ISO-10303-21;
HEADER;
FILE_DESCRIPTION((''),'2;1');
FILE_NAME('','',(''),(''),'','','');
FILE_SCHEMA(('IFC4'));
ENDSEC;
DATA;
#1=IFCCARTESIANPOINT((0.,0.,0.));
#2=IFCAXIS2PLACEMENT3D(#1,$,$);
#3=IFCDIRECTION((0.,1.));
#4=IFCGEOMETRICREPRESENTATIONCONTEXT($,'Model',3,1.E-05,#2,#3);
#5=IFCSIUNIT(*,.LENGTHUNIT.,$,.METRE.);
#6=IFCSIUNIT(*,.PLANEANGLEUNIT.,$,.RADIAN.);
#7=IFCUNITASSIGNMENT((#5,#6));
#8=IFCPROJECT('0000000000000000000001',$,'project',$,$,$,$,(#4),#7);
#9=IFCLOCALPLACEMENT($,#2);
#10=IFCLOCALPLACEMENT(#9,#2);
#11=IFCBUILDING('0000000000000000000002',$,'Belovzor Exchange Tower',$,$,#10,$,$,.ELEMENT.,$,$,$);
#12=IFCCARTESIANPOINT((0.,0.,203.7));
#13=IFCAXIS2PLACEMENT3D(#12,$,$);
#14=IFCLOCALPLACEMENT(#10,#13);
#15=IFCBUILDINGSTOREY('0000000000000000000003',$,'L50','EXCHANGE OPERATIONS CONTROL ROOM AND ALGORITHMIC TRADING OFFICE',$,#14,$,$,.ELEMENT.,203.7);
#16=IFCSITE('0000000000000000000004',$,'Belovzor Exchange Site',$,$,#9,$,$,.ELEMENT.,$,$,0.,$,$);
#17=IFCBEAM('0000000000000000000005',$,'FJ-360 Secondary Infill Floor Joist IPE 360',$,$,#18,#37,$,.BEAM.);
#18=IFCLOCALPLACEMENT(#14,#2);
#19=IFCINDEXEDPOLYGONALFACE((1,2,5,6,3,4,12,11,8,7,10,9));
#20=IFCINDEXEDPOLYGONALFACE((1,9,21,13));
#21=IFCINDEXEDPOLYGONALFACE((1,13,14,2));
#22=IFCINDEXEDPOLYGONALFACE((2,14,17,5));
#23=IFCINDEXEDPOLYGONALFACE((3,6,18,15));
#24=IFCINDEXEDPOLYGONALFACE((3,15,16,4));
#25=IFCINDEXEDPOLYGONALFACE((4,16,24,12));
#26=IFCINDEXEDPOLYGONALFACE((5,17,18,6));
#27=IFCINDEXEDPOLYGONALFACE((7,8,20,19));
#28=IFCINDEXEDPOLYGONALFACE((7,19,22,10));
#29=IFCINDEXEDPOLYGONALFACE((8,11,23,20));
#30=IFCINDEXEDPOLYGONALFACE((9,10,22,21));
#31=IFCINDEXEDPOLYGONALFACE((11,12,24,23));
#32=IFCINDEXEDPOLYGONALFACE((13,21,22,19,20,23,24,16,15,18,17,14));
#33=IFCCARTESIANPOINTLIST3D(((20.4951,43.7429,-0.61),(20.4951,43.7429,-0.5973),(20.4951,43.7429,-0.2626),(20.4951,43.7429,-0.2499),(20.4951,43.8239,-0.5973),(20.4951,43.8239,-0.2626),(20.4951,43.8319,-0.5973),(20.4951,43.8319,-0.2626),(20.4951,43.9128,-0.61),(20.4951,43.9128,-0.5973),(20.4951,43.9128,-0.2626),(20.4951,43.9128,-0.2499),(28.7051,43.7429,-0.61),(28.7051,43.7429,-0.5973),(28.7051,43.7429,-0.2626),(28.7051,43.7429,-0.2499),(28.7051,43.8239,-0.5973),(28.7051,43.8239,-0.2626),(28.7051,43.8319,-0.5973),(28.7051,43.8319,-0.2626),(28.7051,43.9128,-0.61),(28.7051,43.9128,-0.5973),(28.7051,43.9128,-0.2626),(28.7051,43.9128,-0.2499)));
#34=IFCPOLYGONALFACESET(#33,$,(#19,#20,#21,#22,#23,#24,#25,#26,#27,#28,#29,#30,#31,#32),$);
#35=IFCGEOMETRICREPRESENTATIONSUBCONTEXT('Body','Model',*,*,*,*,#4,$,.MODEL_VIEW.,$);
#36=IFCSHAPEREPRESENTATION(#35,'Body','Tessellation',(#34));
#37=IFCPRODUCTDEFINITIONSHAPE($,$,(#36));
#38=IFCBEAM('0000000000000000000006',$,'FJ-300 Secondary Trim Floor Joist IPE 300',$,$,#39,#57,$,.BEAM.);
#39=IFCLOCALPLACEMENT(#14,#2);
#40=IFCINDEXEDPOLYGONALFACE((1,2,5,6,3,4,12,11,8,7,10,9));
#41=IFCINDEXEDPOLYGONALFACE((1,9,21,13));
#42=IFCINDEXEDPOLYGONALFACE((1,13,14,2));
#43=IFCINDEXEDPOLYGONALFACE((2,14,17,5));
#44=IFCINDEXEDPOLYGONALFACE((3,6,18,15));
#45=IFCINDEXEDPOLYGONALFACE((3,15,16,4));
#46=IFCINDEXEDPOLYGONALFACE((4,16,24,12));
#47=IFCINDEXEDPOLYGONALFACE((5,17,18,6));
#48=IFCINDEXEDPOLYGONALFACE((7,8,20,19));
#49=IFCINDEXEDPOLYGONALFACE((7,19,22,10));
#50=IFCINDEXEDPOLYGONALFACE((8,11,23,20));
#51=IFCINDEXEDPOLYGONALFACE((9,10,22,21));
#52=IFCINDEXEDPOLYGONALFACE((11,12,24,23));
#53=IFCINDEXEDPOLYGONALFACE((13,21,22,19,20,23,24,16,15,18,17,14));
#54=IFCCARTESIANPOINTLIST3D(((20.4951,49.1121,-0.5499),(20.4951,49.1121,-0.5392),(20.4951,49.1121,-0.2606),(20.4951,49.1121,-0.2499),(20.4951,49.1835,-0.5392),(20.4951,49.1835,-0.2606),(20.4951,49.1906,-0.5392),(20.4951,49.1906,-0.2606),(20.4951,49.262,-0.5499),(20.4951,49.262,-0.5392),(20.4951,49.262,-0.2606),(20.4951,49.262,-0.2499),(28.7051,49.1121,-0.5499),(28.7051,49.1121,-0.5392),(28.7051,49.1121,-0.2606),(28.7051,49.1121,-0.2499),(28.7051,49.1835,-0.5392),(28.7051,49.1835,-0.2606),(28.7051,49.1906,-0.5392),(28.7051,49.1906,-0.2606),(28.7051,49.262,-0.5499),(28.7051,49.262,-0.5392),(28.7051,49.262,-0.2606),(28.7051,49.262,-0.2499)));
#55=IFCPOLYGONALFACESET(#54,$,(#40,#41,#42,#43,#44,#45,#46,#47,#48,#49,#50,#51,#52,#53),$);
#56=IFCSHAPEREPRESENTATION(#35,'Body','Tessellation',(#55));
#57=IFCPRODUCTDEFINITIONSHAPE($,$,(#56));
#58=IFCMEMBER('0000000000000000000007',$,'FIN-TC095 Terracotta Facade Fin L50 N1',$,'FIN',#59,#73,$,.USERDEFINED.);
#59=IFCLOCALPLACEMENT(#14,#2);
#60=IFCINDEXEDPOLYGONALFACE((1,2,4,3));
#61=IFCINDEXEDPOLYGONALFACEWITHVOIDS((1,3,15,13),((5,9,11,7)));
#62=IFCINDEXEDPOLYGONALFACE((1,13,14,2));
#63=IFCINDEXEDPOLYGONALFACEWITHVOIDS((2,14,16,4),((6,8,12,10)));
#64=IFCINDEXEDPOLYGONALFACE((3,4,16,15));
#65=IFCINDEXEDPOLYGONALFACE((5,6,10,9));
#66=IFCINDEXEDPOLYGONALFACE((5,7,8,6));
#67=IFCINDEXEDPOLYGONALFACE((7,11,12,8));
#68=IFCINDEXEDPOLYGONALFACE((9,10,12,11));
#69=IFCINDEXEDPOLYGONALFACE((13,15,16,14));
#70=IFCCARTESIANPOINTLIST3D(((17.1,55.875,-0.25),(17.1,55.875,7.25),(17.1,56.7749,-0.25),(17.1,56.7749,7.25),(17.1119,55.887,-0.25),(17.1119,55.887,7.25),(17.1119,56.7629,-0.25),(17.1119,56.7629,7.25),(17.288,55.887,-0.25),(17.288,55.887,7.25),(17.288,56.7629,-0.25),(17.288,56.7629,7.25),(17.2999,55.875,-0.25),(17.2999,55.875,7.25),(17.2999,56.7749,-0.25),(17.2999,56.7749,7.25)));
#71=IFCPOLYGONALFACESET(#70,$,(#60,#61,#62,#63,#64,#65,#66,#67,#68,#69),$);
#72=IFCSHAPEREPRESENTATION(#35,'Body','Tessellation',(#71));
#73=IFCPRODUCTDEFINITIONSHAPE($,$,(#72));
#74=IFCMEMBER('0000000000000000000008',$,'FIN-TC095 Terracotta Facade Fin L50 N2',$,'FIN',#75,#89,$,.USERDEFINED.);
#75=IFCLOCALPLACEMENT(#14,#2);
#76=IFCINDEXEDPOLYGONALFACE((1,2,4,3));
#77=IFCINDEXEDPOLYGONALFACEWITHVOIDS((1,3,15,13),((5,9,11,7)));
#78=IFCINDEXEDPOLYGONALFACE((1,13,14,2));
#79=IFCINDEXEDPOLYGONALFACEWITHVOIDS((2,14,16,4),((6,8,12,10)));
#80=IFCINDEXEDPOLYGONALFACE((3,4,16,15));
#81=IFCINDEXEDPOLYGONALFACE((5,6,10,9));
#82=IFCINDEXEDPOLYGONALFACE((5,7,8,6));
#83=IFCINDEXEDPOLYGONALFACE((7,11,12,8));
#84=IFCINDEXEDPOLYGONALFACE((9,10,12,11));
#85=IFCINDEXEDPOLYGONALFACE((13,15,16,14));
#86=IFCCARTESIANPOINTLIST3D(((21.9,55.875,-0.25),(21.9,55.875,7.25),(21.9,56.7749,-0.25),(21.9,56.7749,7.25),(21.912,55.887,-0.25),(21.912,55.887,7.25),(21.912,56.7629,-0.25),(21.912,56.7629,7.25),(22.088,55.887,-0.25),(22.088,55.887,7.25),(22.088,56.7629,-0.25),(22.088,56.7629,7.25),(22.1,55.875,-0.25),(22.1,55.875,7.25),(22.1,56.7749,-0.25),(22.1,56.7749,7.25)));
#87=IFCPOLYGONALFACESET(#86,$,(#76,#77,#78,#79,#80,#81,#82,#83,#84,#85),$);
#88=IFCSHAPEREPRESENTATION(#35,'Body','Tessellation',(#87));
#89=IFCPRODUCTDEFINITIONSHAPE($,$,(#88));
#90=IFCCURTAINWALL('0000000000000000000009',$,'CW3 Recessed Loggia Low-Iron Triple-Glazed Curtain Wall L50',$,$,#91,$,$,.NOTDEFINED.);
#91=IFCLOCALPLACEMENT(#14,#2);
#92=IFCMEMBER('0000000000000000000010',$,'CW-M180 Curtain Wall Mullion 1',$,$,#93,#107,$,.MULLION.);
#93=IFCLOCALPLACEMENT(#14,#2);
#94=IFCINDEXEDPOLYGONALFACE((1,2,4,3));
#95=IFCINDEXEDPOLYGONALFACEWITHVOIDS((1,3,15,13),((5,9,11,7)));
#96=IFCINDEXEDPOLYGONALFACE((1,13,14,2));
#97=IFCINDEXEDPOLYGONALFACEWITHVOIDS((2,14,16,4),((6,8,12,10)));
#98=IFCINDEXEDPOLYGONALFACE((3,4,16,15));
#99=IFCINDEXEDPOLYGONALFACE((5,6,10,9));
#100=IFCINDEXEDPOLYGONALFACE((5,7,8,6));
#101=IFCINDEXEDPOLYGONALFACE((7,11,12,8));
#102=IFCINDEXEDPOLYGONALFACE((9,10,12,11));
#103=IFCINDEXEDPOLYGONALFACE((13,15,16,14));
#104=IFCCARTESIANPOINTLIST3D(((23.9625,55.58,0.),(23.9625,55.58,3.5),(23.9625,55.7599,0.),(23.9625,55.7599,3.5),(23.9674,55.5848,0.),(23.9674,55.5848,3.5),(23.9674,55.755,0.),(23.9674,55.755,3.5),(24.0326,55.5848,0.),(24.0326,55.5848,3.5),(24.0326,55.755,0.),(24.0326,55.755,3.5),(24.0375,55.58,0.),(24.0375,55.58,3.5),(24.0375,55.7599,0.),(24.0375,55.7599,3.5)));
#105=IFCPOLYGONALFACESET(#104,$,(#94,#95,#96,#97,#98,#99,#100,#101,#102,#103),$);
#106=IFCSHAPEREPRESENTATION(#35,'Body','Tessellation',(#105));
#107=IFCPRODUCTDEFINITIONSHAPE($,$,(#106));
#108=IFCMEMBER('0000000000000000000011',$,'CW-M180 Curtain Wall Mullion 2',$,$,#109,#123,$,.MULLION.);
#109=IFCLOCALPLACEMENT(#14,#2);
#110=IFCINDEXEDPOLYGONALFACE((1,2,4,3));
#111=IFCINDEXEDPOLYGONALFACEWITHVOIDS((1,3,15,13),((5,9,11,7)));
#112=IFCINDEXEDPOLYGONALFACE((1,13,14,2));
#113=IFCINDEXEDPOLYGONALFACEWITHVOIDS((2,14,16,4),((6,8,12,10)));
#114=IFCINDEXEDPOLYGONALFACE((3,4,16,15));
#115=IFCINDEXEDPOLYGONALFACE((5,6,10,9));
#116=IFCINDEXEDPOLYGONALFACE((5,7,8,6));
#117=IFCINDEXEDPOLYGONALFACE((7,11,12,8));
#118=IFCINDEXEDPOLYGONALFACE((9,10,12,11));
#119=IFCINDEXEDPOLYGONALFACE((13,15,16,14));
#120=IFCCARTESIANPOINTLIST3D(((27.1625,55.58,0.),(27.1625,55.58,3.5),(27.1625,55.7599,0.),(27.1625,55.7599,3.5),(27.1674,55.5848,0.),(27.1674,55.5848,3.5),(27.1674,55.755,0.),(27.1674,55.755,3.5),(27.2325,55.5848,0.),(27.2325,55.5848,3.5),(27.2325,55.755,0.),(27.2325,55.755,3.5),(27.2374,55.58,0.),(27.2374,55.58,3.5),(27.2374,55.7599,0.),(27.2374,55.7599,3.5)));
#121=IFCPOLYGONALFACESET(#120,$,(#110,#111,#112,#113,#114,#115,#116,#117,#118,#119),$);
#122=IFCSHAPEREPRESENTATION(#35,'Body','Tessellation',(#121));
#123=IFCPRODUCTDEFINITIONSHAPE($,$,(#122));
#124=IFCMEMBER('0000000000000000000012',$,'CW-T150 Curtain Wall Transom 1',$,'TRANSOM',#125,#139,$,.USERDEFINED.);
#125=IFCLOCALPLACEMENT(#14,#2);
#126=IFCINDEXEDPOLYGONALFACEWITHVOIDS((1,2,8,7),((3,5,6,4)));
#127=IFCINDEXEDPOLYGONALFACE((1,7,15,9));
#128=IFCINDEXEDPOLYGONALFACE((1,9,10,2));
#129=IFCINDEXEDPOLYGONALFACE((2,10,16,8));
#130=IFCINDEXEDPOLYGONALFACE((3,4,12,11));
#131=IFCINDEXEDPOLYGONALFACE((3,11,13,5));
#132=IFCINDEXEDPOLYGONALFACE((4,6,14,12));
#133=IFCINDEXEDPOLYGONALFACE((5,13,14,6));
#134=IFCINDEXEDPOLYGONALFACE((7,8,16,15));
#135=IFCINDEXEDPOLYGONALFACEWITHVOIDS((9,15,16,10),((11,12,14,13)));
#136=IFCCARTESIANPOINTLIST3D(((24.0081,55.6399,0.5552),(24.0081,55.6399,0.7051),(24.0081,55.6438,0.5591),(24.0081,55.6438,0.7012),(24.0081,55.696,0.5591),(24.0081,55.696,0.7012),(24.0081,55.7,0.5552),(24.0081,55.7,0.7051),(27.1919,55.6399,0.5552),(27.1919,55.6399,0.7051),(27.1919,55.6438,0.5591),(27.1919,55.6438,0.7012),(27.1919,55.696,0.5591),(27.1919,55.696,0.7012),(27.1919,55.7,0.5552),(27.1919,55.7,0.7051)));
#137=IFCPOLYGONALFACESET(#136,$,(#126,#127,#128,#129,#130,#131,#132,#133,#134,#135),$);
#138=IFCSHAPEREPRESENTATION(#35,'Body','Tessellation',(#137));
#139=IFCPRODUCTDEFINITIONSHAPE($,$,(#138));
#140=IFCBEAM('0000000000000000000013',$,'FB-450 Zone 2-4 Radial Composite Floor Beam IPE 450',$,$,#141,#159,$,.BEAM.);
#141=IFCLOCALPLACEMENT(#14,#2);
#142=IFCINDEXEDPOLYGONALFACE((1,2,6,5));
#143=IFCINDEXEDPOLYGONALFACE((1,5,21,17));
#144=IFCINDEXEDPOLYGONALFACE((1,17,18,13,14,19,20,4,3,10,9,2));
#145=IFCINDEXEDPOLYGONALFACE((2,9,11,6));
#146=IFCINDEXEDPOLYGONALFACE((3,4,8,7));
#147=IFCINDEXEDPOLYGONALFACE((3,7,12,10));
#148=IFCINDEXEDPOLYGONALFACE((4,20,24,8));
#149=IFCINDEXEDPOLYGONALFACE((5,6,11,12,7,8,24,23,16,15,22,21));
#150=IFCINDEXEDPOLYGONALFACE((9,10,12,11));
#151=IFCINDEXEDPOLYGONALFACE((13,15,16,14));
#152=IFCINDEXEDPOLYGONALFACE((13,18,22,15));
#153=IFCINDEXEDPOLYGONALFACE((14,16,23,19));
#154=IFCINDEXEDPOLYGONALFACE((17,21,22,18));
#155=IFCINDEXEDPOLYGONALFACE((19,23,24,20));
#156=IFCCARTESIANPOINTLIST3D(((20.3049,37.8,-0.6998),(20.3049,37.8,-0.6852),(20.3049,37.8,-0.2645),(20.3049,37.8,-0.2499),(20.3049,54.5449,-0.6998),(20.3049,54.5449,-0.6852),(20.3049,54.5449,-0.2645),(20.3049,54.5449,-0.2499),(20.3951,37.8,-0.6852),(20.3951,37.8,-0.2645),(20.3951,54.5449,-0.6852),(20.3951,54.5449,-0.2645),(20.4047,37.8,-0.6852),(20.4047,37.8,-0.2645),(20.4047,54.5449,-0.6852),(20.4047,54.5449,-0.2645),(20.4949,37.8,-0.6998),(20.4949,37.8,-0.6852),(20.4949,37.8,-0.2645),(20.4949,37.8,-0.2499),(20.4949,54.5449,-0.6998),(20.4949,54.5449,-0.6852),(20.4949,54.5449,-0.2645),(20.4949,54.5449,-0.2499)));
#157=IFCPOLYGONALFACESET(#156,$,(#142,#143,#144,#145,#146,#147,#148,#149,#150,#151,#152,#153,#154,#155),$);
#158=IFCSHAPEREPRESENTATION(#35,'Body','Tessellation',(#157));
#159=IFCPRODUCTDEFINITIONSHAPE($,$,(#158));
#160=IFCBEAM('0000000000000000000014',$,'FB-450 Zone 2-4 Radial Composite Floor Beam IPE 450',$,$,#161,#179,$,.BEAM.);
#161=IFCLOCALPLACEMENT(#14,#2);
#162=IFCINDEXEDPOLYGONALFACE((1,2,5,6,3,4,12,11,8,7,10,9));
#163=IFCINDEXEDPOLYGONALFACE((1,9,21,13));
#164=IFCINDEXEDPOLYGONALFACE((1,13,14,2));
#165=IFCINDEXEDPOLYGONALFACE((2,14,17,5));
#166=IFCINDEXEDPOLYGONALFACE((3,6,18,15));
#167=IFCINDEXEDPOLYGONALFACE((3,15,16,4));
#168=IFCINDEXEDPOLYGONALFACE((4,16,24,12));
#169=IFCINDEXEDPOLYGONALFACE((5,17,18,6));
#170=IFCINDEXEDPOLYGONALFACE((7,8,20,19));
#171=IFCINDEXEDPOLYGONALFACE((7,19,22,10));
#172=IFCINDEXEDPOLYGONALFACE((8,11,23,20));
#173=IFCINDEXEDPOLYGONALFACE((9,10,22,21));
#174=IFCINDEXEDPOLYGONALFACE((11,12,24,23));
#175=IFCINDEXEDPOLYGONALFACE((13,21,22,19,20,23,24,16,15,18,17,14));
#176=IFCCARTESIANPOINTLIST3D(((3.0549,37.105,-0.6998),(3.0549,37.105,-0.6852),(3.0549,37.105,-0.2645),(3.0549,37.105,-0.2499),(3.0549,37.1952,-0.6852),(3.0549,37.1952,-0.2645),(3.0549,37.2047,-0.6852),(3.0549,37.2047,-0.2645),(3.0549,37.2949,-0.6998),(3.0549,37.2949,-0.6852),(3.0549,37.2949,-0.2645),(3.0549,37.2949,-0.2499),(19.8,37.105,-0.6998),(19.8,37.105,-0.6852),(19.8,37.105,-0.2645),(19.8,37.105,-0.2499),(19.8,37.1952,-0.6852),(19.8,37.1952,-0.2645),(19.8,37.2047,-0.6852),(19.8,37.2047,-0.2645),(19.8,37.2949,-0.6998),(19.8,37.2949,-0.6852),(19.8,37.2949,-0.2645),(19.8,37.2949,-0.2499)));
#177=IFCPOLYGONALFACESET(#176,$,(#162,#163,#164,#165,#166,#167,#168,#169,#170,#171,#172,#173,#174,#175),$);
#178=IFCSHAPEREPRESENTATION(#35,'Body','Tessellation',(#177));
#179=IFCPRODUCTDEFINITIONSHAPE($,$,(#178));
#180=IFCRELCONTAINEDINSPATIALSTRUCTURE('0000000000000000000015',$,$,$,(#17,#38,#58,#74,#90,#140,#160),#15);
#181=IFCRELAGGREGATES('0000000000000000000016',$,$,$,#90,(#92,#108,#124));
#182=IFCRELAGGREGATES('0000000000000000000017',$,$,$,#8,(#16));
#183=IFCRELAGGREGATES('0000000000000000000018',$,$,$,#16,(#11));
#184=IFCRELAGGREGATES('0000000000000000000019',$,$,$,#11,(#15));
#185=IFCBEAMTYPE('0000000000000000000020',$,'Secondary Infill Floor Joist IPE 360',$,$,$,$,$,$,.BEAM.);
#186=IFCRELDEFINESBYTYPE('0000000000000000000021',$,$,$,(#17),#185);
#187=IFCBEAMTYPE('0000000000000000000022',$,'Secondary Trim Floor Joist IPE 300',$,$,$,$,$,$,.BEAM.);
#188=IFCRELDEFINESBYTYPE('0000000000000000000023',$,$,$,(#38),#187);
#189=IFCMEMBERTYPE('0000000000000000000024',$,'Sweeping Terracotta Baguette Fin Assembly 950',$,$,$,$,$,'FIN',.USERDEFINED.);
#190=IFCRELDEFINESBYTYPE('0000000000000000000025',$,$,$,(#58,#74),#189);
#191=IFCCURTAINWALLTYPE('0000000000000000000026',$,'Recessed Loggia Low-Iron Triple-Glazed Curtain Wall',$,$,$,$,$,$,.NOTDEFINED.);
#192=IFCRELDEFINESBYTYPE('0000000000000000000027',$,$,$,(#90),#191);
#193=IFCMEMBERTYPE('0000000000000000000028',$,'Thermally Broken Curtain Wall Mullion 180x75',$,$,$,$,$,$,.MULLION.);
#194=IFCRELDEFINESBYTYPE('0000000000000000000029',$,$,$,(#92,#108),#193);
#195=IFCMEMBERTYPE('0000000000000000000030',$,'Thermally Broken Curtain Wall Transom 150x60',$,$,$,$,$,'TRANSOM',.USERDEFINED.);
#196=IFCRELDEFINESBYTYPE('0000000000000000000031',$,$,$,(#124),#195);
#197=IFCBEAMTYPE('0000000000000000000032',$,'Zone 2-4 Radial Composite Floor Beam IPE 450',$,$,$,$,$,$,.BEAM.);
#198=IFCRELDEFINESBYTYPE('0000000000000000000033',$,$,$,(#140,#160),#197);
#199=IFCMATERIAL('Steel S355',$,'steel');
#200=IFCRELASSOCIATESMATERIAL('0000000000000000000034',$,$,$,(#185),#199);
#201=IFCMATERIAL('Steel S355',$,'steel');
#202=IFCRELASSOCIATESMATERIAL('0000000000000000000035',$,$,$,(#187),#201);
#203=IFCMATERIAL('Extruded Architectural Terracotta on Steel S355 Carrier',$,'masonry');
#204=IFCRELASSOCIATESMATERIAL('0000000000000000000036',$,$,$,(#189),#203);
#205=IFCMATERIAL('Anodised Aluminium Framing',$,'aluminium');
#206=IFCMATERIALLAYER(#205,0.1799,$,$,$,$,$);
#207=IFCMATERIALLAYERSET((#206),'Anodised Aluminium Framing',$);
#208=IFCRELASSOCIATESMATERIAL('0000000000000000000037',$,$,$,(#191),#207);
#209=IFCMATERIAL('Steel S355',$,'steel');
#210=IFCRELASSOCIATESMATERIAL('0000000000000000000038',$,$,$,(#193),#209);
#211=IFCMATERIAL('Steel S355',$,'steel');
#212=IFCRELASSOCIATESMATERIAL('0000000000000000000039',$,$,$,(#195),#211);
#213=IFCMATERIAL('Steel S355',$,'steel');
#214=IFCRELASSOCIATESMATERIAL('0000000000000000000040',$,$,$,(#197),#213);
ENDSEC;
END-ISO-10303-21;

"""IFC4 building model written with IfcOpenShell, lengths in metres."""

from ifc_helpers import new_model, si_unit, direction, frame, origin, origin_2d, place, context, subcontext, project, spatial, hollow_rectangle, i_section, extrude, material, layer, layer_set, material_profile, profile_set, type_object, element, aggregate, save


model = new_model("IFC4")

# Units and contexts
model_context = context("Model", 3, precision=1e-05, world=origin(), true_north=direction((0.0, 1.0)))
body_context = subcontext(model_context, "Body", "Model", "MODEL_VIEW")
ifc_project = project(units=[si_unit("LENGTHUNIT", "METRE"), si_unit("PLANEANGLEUNIT", "RADIAN")], contexts=[model_context])

# Site, building, storey
site_placement = place(None, origin())
site = spatial("IfcSite", under=ifc_project, at=site_placement, Name="Belovzor Exchange Site", CompositionType="ELEMENT", RefElevation=0.0)
building_placement = place(site_placement, origin())
building = spatial("IfcBuilding", under=site, at=building_placement, Name="Belovzor Exchange Tower", CompositionType="ELEMENT")
storey_placement = place(building_placement, frame((0.0, 0.0, 203.7)))
storey = spatial("IfcBuildingStorey", under=building, at=storey_placement, Name="L50", Description="EXCHANGE OPERATIONS CONTROL ROOM AND ALGORITHMIC TRADING OFFICE", CompositionType="ELEMENT", Elevation=203.7)

# Beams
ifc_material_1 = material(Name="Steel S355", Category="steel")
ifc_material_profile_1 = material_profile(ifc_material_1, i_section(OverallWidth=0.1699, OverallDepth=0.3601, WebThickness=0.0081, FlangeThickness=0.0127, at=origin_2d()))
ifc_profile_set_1 = profile_set([ifc_material_profile_1], Name="Steel S355")
beam_type_1 = type_object("IfcBeamType", Name="Secondary Infill Floor Joist IPE 360", PredefinedType="BEAM", material=ifc_profile_set_1)
beam_1_placement = place(storey_placement, frame((20.4951, 43.8279, -0.4299), z_axis=(1.0, 0.0, 0.0), x_axis=(0.0, 1.0, 0.0)))
element("IfcBeam", 1, at=beam_1_placement, inside=storey, type_object=beam_type_1, Name="FJ-360 Secondary Infill Floor Joist IPE 360", PredefinedType="BEAM", context=body_context, shape_type="SweptSolid", body=[
    extrude(i_section(OverallWidth=0.1699, OverallDepth=0.3601, WebThickness=0.0081, FlangeThickness=0.0127, at=origin_2d()), origin(), (0.0, 0.0, 1.0), 8.21),
])
ifc_material_2 = material(Name="Steel S355", Category="steel")
ifc_material_profile_2 = material_profile(ifc_material_2, i_section(OverallWidth=0.1499, OverallDepth=0.3, WebThickness=0.0071, FlangeThickness=0.0107, at=origin_2d()))
ifc_profile_set_2 = profile_set([ifc_material_profile_2], Name="Steel S355")
beam_type_2 = type_object("IfcBeamType", Name="Secondary Trim Floor Joist IPE 300", PredefinedType="BEAM", material=ifc_profile_set_2)
beam_2_placement = place(storey_placement, frame((20.4951, 49.187, -0.3999), z_axis=(1.0, 0.0, 0.0), x_axis=(0.0, 1.0, 0.0)))
element("IfcBeam", 2, at=beam_2_placement, inside=storey, type_object=beam_type_2, Name="FJ-300 Secondary Trim Floor Joist IPE 300", PredefinedType="BEAM", context=body_context, shape_type="SweptSolid", body=[
    extrude(i_section(OverallWidth=0.1499, OverallDepth=0.3, WebThickness=0.0071, FlangeThickness=0.0107, at=origin_2d()), origin(), (0.0, 0.0, 1.0), 8.21),
])

# Members
ifc_material_3 = material(Name="Extruded Architectural Terracotta on Steel S355 Carrier", Category="masonry")
ifc_material_profile_3 = material_profile(ifc_material_3, hollow_rectangle(XDim=0.2, YDim=0.8999, WallThickness=0.012, at=origin_2d()))
ifc_profile_set_3 = profile_set([ifc_material_profile_3], Name="Extruded Architectural Terracotta on Steel S355 Carrier")
member_type_1 = type_object("IfcMemberType", Name="Sweeping Terracotta Baguette Fin Assembly 950", ElementType="FIN", PredefinedType="USERDEFINED", material=ifc_profile_set_3)
for number, where, z_axis, x_axis, name in (
    (3, (17.2, 56.325, -0.25), (0.0, 0.0, 1.0), (1.0, 0.0, 0.0), "FIN-TC095 Terracotta Facade Fin L50 N1"),
    (4, (22.0, 56.325, -0.25), (0.0, 0.0, 1.0), (1.0, 0.0, 0.0), "FIN-TC095 Terracotta Facade Fin L50 N2"),
):
    element("IfcMember", number, at=place(storey_placement, frame(where, z_axis=z_axis, x_axis=x_axis)), inside=storey, type_object=member_type_1, Name=name, ObjectType="FIN", PredefinedType="USERDEFINED", context=body_context, shape_type="SweptSolid", body=[
        extrude(hollow_rectangle(XDim=0.2, YDim=0.8999, WallThickness=0.012, at=origin_2d()), origin(), (0.0, 0.0, 1.0), 7.5),
    ])

# Curtain wall, members
ifc_material_4 = material(Name="Anodised Aluminium Framing", Category="aluminium")
ifc_layer_1 = layer(ifc_material_4, 0.1799)
ifc_layer_set_1 = layer_set([ifc_layer_1], Name="Anodised Aluminium Framing")
curtain_wall_type = type_object("IfcCurtainWallType", Name="Recessed Loggia Low-Iron Triple-Glazed Curtain Wall", PredefinedType="NOTDEFINED", material=ifc_layer_set_1)
curtain_wall_placement = place(storey_placement, origin())
curtain_wall = element("IfcCurtainWall", 5, at=curtain_wall_placement, inside=storey, type_object=curtain_wall_type, Name="CW3 Recessed Loggia Low-Iron Triple-Glazed Curtain Wall L50", PredefinedType="NOTDEFINED")
ifc_material_5 = material(Name="Steel S355", Category="steel")
ifc_material_profile_4 = material_profile(ifc_material_5, hollow_rectangle(XDim=0.075, YDim=0.1799, WallThickness=0.0049, at=origin_2d()))
ifc_profile_set_4 = profile_set([ifc_material_profile_4], Name="Steel S355")
member_type_2 = type_object("IfcMemberType", Name="Thermally Broken Curtain Wall Mullion 180x75", PredefinedType="MULLION", material=ifc_profile_set_4)
member_1_placement = place(storey_placement, frame((24.0, 55.6699, 0.0), z_axis=(0.0, 0.0, 1.0), x_axis=(1.0, 0.0, 0.0)))
member_1 = element("IfcMember", 6, at=member_1_placement, type_object=member_type_2, Name="CW-M180 Curtain Wall Mullion 1", PredefinedType="MULLION", context=body_context, shape_type="SweptSolid", body=[
    extrude(hollow_rectangle(XDim=0.075, YDim=0.1799, WallThickness=0.0049, at=origin_2d()), origin(), (0.0, 0.0, 1.0), 3.5),
])
member_2_placement = place(storey_placement, frame((27.2, 55.6699, 0.0), z_axis=(0.0, 0.0, 1.0), x_axis=(1.0, 0.0, 0.0)))
member_2 = element("IfcMember", 7, at=member_2_placement, type_object=member_type_2, Name="CW-M180 Curtain Wall Mullion 2", PredefinedType="MULLION", context=body_context, shape_type="SweptSolid", body=[
    extrude(hollow_rectangle(XDim=0.075, YDim=0.1799, WallThickness=0.0049, at=origin_2d()), origin(), (0.0, 0.0, 1.0), 3.5),
])
ifc_material_6 = material(Name="Steel S355", Category="steel")
ifc_material_profile_5 = material_profile(ifc_material_6, hollow_rectangle(XDim=0.0601, YDim=0.1499, WallThickness=0.0039, at=origin_2d()))
ifc_profile_set_5 = profile_set([ifc_material_profile_5], Name="Steel S355")
member_type_3 = type_object("IfcMemberType", Name="Thermally Broken Curtain Wall Transom 150x60", ElementType="TRANSOM", PredefinedType="USERDEFINED", material=ifc_profile_set_5)
member_3_placement = place(storey_placement, frame((24.0081, 55.6699, 0.6301), z_axis=(1.0, 0.0, 0.0), x_axis=(0.0, 1.0, 0.0)))
member_3 = element("IfcMember", 8, at=member_3_placement, type_object=member_type_3, Name="CW-T150 Curtain Wall Transom 1", ObjectType="TRANSOM", PredefinedType="USERDEFINED", context=body_context, shape_type="SweptSolid", body=[
    extrude(hollow_rectangle(XDim=0.0601, YDim=0.1499, WallThickness=0.0039, at=origin_2d()), origin(), (0.0, 0.0, 1.0), 3.1838),
])

# Beams
ifc_material_7 = material(Name="Steel S355", Category="steel")
ifc_material_profile_6 = material_profile(ifc_material_7, i_section(OverallWidth=0.1899, OverallDepth=0.45, WebThickness=0.0095, FlangeThickness=0.0146, at=origin_2d()))
ifc_profile_set_6 = profile_set([ifc_material_profile_6], Name="Steel S355")
beam_type_3 = type_object("IfcBeamType", Name="Zone 2-4 Radial Composite Floor Beam IPE 450", PredefinedType="BEAM", material=ifc_profile_set_6)
beam_3_placement = place(storey_placement, frame((20.3999, 37.8, -0.4749), z_axis=(0.0, 1.0, 0.0), x_axis=(-1.0, 0.0, 0.0)))
element("IfcBeam", 9, at=beam_3_placement, inside=storey, type_object=beam_type_3, Name="FB-450 Zone 2-4 Radial Composite Floor Beam IPE 450", PredefinedType="BEAM", context=body_context, shape_type="SweptSolid", body=[
    extrude(i_section(OverallWidth=0.1899, OverallDepth=0.45, WebThickness=0.0095, FlangeThickness=0.0146, at=origin_2d()), origin(), (0.0, 0.0, 1.0), 16.7449),
])
beam_4_placement = place(storey_placement, frame((19.8, 37.2, -0.4749), z_axis=(-1.0, 0.0, 0.0), x_axis=(0.0, -1.0, 0.0)))
element("IfcBeam", 10, at=beam_4_placement, inside=storey, type_object=beam_type_3, Name="FB-450 Zone 2-4 Radial Composite Floor Beam IPE 450", PredefinedType="BEAM", context=body_context, shape_type="SweptSolid", body=[
    extrude(i_section(OverallWidth=0.1899, OverallDepth=0.45, WebThickness=0.0095, FlangeThickness=0.0146, at=origin_2d()), origin(), (0.0, 0.0, 1.0), 16.7451),
])

aggregate(curtain_wall, [member_1, member_2, member_3])

save(model, "model.ifc")
